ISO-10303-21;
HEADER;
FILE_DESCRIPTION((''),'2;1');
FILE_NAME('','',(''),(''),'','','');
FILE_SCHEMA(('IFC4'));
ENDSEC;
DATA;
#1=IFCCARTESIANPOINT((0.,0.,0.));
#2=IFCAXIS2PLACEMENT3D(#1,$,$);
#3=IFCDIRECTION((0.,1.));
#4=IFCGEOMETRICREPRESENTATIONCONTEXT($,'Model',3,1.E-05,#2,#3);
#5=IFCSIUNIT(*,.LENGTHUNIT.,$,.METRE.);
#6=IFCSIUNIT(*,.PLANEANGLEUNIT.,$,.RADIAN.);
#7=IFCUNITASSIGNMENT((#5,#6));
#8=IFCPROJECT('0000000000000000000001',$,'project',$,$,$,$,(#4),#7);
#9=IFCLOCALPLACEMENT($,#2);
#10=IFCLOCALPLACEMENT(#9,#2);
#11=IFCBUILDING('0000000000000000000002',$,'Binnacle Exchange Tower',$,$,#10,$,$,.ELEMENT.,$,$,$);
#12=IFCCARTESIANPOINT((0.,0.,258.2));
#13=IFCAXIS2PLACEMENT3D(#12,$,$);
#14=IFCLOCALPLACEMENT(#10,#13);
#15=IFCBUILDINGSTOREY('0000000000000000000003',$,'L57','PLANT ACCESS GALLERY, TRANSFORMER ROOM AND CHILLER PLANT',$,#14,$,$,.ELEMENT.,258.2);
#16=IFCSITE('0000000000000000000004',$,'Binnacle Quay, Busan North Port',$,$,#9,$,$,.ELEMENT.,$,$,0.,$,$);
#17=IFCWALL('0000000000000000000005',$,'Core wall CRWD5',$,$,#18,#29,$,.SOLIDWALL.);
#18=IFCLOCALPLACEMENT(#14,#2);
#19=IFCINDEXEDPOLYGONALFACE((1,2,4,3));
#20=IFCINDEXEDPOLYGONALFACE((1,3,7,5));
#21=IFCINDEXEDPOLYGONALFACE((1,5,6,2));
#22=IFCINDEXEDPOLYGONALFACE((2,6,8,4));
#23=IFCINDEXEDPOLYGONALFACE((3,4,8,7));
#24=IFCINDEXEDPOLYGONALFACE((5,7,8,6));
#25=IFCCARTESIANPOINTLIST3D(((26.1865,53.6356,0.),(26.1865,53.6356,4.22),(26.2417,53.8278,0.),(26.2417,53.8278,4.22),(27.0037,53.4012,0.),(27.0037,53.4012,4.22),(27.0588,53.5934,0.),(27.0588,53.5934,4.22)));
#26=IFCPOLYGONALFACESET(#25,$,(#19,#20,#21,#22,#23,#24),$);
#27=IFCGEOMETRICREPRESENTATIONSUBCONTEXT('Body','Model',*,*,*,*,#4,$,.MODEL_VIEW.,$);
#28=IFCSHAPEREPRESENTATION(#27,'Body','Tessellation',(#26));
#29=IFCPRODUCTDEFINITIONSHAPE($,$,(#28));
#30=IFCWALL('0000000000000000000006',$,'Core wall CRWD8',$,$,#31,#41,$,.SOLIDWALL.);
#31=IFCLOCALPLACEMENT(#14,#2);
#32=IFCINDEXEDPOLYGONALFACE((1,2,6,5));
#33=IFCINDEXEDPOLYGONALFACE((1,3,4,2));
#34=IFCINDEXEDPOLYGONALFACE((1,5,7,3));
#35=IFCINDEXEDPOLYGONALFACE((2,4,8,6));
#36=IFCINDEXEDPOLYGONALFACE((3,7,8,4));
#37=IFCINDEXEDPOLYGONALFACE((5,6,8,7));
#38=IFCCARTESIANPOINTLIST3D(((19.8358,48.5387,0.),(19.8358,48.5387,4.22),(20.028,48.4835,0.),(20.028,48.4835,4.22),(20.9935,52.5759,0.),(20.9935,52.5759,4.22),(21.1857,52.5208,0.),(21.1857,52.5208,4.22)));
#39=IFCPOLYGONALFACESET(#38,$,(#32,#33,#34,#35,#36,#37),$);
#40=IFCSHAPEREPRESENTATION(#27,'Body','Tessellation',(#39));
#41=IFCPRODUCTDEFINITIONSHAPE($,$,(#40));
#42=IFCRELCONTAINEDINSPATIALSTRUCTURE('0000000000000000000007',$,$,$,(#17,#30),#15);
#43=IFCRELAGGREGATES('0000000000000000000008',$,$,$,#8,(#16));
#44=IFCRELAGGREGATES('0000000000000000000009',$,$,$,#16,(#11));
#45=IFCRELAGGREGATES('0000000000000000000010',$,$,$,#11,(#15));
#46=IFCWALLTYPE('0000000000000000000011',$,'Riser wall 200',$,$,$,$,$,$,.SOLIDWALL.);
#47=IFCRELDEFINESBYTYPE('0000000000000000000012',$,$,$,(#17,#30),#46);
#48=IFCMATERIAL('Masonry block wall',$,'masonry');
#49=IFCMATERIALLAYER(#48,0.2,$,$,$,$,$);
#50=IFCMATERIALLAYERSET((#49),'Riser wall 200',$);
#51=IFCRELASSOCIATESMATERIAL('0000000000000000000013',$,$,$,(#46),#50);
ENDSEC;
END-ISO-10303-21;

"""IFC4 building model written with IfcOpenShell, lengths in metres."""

from ifc_helpers import new_model, si_unit, direction, frame, frame_2d, origin, place, context, subcontext, project, spatial, rectangle, extrude, material, layer, layer_set, type_object, element, save


model = new_model("IFC4")

# Units and contexts
model_context = context("Model", 3, precision=1e-05, world=origin(), true_north=direction((0.0, 1.0)))
body_context = subcontext(model_context, "Body", "Model", "MODEL_VIEW")
ifc_project = project(units=[si_unit("LENGTHUNIT", "METRE"), si_unit("PLANEANGLEUNIT", "RADIAN")], contexts=[model_context])

# Site, building, storey
site_placement = place(None, origin())
site = spatial("IfcSite", under=ifc_project, at=site_placement, Name="Binnacle Quay, Busan North Port", CompositionType="ELEMENT", RefElevation=0.0)
building_placement = place(site_placement, origin())
building = spatial("IfcBuilding", under=site, at=building_placement, Name="Binnacle Exchange Tower", CompositionType="ELEMENT")
storey_placement = place(building_placement, frame((0.0, 0.0, 258.2)))
storey = spatial("IfcBuildingStorey", under=building, at=storey_placement, Name="L57", Description="PLANT ACCESS GALLERY, TRANSFORMER ROOM AND CHILLER PLANT", CompositionType="ELEMENT", Elevation=258.2)

# Shared definitions
ifc_material_1 = material(Name="Masonry block wall", Category="masonry")

# Walls
ifc_layer_1 = layer(ifc_material_1, 0.2)
ifc_layer_set_1 = layer_set([ifc_layer_1], Name="Riser wall 200")
wall_type_1 = type_object("IfcWallType", Name="Riser wall 200", PredefinedType="SOLIDWALL", material=ifc_layer_set_1)
wall_1_placement = place(storey_placement, frame((26.2141, 53.7317, 0.0), z_axis=(0.0, 0.0, 1.0), x_axis=(0.961242, -0.275707, 0.0)))
element("IfcWall", 1, at=wall_1_placement, inside=storey, type_object=wall_type_1, Name="Core wall CRWD5", PredefinedType="SOLIDWALL", context=body_context, shape_type="SweptSolid", body=[
    extrude(rectangle(XDim=0.8501, YDim=0.2, at=frame_2d((0.425, 0.0))), origin(), (0.0, 0.0, 1.0), 4.22),
])
wall_2_placement = place(storey_placement, frame((19.9319, 48.511, 0.0), z_axis=(0.0, 0.0, 1.0), x_axis=(0.275642, 0.96126, 0.0)))
element("IfcWall", 2, at=wall_2_placement, inside=storey, type_object=wall_type_1, Name="Core wall CRWD8", PredefinedType="SOLIDWALL", context=body_context, shape_type="SweptSolid", body=[
    extrude(rectangle(XDim=4.2, YDim=0.2, at=frame_2d((2.1001, 0.0))), origin(), (0.0, 0.0, 1.0), 4.22),
])

save(model, "model.ifc")
